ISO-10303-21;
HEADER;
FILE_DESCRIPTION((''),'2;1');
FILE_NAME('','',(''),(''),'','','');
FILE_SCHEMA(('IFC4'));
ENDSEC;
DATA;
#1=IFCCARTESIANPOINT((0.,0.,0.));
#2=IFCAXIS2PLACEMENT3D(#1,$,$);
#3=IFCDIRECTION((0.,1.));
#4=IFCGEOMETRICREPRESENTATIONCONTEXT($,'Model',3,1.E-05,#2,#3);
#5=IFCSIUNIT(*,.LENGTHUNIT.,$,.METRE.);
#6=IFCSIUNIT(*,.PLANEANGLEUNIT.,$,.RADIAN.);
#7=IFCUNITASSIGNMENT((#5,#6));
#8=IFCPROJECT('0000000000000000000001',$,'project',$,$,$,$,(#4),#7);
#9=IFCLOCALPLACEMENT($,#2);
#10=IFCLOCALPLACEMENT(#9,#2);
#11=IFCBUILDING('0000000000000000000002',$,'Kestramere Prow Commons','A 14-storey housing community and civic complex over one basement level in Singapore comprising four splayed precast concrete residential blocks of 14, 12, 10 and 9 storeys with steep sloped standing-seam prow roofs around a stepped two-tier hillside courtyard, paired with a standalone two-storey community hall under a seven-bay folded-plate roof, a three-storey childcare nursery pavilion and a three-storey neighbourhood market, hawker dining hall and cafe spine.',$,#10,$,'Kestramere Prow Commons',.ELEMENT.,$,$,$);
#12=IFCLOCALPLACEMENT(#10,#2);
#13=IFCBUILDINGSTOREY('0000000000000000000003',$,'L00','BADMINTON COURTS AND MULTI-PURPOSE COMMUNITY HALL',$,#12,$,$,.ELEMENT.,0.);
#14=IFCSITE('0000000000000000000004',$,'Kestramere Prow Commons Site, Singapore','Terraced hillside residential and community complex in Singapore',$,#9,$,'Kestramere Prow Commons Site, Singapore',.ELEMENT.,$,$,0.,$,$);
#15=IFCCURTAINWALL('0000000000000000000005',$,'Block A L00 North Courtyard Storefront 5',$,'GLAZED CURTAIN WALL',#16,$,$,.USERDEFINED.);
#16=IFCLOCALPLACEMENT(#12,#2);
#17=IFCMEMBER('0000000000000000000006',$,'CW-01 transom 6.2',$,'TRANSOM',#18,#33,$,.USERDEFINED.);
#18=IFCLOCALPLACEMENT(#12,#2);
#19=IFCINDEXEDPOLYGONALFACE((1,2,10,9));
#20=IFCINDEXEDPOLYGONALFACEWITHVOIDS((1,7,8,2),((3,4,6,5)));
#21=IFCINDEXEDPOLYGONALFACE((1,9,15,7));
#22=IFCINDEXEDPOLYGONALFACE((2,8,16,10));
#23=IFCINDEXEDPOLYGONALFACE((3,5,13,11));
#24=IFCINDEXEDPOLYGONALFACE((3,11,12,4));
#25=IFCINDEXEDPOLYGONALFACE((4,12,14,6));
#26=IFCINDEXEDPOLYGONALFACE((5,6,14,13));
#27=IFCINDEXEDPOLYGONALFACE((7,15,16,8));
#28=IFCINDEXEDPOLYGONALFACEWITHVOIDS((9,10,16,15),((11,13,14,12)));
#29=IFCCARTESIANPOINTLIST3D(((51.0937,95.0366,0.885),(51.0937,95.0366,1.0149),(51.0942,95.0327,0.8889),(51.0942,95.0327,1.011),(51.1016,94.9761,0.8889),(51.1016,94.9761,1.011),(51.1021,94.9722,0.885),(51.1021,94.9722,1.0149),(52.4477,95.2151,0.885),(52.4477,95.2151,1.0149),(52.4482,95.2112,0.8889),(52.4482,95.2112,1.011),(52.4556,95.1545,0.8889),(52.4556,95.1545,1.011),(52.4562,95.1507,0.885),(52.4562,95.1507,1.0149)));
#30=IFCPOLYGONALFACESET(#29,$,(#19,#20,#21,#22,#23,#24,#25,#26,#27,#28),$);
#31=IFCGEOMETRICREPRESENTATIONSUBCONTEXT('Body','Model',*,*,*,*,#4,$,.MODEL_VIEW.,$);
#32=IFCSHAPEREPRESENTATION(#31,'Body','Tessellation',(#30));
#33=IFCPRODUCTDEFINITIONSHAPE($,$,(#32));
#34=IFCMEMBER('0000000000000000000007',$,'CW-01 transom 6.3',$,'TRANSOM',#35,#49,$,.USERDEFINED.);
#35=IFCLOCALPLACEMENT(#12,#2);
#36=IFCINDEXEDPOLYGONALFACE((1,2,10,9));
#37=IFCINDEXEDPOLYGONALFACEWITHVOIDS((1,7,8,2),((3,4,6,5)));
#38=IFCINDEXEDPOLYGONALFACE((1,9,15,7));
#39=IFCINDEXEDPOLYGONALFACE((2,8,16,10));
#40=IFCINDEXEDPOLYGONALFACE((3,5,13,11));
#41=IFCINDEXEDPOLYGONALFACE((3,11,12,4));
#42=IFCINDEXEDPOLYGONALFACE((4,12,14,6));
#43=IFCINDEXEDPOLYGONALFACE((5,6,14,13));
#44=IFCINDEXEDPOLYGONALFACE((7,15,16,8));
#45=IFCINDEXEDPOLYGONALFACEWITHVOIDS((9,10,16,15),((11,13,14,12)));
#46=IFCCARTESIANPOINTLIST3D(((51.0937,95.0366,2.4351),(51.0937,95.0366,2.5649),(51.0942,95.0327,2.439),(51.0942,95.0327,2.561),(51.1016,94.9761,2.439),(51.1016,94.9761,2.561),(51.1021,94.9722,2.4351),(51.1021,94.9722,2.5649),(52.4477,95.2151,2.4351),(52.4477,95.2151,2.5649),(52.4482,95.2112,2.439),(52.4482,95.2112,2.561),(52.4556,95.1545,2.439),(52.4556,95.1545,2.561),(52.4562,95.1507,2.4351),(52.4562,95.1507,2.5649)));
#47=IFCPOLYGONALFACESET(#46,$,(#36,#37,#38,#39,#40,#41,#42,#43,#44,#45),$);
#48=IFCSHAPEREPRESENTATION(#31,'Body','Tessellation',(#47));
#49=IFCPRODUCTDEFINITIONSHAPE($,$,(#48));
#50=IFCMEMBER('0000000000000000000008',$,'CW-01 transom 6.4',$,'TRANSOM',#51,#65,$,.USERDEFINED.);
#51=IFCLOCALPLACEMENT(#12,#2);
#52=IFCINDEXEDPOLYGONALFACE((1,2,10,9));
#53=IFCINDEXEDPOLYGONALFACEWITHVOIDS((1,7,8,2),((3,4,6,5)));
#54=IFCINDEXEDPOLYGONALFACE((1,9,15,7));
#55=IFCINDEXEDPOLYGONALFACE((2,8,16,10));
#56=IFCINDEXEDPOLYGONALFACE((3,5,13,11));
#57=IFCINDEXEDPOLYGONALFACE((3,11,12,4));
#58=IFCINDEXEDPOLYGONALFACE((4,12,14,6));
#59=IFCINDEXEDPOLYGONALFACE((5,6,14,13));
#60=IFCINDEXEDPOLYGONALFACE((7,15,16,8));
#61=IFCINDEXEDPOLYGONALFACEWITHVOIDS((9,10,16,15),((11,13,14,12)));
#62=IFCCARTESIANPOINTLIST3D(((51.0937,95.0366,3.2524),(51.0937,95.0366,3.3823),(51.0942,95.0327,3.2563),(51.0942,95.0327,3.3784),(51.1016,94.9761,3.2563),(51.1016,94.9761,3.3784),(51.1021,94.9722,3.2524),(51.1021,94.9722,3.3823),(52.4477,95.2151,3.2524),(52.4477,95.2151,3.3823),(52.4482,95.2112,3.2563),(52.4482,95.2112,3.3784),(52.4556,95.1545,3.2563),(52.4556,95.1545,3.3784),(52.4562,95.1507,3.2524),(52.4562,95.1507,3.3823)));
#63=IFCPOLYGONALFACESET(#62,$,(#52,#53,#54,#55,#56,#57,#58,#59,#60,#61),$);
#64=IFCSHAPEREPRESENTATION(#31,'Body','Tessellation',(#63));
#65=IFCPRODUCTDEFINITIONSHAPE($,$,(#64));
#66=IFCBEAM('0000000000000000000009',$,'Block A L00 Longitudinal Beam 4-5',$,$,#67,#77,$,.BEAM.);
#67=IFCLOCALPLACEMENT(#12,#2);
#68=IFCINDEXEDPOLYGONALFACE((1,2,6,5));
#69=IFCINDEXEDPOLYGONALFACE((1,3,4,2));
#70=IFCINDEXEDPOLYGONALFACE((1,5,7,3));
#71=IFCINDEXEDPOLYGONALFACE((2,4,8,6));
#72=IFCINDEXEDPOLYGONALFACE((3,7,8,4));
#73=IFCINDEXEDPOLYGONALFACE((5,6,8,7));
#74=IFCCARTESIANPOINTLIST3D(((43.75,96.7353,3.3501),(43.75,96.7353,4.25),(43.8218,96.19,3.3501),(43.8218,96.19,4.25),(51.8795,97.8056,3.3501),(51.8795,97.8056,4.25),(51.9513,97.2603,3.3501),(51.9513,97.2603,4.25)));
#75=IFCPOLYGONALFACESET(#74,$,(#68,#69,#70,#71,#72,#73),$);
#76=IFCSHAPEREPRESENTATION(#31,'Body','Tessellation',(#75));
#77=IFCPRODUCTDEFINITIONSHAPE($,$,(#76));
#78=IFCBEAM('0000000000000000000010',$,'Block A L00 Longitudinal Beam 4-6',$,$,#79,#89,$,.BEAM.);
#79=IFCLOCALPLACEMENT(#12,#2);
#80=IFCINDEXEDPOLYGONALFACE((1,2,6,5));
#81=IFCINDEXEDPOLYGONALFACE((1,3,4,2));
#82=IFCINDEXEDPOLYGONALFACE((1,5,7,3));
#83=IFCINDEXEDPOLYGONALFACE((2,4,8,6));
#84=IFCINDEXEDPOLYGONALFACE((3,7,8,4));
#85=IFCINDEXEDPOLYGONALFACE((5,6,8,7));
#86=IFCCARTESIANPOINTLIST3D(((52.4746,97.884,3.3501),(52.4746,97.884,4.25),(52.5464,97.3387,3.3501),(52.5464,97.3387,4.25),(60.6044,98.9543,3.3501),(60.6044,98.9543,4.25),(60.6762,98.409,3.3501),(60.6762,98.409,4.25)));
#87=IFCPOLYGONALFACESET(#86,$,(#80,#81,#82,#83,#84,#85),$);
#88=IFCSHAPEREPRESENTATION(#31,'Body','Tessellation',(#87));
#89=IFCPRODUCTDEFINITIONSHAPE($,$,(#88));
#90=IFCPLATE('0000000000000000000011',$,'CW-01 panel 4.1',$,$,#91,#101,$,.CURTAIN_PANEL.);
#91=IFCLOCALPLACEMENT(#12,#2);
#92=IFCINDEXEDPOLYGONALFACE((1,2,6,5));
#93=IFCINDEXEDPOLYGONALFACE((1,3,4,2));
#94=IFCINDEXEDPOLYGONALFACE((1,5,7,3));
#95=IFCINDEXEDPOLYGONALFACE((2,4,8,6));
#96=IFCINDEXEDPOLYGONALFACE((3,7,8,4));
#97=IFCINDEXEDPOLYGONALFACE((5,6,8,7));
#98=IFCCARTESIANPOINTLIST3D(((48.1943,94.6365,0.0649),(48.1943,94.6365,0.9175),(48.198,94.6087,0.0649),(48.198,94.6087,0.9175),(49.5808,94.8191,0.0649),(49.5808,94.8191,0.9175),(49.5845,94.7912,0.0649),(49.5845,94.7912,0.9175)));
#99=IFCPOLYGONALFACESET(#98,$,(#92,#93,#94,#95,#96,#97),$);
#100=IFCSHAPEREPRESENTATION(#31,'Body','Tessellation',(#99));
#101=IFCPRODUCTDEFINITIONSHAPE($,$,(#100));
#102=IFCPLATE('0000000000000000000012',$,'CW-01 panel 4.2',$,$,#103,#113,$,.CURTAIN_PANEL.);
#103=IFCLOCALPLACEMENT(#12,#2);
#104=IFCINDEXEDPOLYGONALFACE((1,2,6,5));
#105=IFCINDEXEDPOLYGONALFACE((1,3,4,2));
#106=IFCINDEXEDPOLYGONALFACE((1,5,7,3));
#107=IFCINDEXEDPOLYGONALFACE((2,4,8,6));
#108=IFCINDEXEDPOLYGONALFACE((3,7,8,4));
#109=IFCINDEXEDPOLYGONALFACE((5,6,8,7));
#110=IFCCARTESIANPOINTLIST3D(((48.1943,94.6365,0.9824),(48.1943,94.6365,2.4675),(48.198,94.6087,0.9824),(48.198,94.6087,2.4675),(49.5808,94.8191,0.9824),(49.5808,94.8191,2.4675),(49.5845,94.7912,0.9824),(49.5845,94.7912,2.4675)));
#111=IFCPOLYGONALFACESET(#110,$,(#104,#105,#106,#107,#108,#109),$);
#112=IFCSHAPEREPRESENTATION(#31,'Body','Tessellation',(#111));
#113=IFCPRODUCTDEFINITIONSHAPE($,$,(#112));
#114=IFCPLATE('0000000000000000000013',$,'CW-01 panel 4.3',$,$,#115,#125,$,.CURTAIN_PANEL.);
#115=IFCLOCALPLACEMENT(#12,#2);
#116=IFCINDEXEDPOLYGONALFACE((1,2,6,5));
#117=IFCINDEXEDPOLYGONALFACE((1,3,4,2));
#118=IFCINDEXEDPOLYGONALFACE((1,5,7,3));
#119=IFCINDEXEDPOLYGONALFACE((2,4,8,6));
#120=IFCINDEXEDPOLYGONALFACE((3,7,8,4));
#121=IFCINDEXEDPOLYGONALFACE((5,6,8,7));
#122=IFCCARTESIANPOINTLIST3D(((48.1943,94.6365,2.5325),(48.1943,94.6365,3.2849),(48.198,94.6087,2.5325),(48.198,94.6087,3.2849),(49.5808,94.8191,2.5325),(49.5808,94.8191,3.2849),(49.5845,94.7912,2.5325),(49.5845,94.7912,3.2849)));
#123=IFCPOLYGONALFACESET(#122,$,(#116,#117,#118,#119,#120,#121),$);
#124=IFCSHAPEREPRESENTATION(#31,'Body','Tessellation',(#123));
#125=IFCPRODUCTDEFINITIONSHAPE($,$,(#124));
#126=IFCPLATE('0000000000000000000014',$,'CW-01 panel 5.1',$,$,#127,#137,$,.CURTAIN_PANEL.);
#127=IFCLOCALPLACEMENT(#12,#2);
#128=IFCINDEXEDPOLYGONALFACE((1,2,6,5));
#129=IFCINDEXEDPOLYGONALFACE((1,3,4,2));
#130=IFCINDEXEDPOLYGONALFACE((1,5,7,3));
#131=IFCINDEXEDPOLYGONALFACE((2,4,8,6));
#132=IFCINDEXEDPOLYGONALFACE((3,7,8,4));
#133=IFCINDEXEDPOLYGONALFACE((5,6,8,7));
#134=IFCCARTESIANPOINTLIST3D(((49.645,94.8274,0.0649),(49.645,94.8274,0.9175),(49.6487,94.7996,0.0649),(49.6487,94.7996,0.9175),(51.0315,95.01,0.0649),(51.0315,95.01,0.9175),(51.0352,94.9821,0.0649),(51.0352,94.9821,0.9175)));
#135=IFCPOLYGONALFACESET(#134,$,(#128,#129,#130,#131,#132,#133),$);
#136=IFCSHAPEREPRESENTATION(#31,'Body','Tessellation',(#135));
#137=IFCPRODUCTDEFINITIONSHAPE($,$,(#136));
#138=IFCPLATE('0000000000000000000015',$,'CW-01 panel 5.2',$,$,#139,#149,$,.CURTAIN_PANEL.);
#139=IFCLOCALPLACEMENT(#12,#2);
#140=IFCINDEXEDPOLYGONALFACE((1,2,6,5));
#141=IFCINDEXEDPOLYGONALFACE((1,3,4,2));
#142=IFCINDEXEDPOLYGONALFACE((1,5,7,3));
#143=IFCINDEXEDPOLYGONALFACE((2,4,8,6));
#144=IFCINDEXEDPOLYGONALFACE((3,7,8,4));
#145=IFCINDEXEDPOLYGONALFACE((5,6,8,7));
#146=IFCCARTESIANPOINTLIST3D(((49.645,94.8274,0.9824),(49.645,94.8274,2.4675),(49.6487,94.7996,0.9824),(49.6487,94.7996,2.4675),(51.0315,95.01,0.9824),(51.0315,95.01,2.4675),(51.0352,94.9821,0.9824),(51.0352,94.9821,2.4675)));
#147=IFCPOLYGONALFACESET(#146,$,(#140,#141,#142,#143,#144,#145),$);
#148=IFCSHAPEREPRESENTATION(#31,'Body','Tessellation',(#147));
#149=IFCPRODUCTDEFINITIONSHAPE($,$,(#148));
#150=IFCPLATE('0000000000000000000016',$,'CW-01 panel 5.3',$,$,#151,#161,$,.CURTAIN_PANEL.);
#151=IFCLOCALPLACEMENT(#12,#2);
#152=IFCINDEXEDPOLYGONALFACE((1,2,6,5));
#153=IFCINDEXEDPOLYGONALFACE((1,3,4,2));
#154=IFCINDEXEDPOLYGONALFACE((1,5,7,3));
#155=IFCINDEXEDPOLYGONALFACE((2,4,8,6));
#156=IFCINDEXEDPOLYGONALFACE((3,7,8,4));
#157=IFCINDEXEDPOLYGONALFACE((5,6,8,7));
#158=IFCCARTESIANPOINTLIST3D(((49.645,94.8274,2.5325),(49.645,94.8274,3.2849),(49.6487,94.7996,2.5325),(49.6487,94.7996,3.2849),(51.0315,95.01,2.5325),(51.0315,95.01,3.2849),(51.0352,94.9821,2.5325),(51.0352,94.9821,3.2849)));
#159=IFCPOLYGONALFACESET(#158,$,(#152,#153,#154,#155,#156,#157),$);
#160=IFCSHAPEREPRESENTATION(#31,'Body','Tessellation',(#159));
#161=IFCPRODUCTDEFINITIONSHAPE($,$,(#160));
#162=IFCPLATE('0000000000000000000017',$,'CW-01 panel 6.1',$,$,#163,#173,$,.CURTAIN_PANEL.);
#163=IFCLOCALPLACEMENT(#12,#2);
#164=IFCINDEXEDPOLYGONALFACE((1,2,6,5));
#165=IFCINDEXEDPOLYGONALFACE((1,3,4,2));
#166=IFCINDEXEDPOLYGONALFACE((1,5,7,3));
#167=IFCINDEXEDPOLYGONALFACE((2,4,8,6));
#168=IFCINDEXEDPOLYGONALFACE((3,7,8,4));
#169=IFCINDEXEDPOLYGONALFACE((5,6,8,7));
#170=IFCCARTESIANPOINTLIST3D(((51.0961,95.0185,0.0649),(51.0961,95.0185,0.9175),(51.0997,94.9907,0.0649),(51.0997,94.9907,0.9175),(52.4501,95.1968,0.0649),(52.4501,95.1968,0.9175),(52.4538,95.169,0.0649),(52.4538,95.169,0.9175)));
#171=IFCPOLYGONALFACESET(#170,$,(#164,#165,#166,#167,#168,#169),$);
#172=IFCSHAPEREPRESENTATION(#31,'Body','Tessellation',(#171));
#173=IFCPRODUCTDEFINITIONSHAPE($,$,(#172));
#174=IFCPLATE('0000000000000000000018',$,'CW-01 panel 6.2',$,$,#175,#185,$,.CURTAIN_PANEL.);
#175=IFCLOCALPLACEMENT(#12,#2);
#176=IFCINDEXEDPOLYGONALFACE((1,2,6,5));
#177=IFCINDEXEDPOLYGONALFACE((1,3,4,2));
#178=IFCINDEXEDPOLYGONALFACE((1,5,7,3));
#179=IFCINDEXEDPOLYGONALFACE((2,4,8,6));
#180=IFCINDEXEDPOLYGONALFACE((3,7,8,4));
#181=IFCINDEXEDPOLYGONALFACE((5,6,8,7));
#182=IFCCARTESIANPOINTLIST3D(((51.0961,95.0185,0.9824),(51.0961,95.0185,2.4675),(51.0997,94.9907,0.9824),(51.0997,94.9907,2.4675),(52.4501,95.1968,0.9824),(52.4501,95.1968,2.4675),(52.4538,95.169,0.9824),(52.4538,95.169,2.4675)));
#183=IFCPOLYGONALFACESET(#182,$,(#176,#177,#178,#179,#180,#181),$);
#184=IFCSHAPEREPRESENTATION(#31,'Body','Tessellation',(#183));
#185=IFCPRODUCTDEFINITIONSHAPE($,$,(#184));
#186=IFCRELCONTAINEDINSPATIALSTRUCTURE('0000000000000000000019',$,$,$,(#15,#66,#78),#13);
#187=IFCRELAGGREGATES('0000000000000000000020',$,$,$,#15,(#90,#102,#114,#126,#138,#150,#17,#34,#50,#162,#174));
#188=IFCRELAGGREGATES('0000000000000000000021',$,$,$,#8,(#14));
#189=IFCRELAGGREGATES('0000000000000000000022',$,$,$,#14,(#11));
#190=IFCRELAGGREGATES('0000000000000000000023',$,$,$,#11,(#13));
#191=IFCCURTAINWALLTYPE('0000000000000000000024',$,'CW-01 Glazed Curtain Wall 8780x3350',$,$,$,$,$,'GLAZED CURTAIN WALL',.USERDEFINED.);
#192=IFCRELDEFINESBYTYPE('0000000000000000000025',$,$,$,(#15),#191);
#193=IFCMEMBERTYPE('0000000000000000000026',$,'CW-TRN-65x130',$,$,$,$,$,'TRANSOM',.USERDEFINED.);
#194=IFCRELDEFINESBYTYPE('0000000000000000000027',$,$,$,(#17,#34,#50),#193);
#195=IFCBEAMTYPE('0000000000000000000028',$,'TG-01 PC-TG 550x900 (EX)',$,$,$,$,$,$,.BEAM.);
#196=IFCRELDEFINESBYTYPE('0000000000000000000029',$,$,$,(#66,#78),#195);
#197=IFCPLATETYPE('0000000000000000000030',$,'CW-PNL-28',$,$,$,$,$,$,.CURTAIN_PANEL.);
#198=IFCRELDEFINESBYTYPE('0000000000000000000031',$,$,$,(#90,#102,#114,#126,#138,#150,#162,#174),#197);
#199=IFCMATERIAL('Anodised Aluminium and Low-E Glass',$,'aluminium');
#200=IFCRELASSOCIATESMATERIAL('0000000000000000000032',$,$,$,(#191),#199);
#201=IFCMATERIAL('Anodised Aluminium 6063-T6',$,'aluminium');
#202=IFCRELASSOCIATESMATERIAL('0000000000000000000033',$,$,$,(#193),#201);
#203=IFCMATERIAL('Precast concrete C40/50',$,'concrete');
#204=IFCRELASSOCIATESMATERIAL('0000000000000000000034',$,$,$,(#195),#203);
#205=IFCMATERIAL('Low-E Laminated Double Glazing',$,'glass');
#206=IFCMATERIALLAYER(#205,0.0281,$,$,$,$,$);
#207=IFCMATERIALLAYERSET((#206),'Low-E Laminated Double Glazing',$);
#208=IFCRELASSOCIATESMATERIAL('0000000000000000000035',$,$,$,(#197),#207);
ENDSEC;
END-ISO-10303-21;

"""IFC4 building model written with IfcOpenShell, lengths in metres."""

from ifc_helpers import new_model, si_unit, direction, frame, origin, origin_2d, place, context, subcontext, project, spatial, rectangle, hollow_rectangle, extrude, material, layer, layer_set, material_profile, profile_set, type_object, element, aggregate, save


model = new_model("IFC4")

# Units and contexts
model_context = context("Model", 3, precision=1e-05, world=origin(), true_north=direction((0.0, 1.0)))
body_context = subcontext(model_context, "Body", "Model", "MODEL_VIEW")
ifc_project = project(units=[si_unit("LENGTHUNIT", "METRE"), si_unit("PLANEANGLEUNIT", "RADIAN")], contexts=[model_context])

# Site, building, storey
site_placement = place(None, origin())
site = spatial("IfcSite", under=ifc_project, at=site_placement, Name="Kestramere Prow Commons Site, Singapore", Description="Terraced hillside residential and community complex in Singapore", LongName="Kestramere Prow Commons Site, Singapore", CompositionType="ELEMENT", RefElevation=0.0)
building_placement = place(site_placement, origin())
building = spatial("IfcBuilding", under=site, at=building_placement, Name="Kestramere Prow Commons", Description="A 14-storey housing community and civic complex over one basement level in Singapore comprising four splayed precast concrete residential blocks of 14, 12, 10 and 9 storeys with steep sloped standing-seam prow roofs around a stepped two-tier hillside courtyard, paired with a standalone two-storey community hall under a seven-bay folded-plate roof, a three-storey childcare nursery pavilion and a three-storey neighbourhood market, hawker dining hall and cafe spine.", LongName="Kestramere Prow Commons", CompositionType="ELEMENT")
storey_placement = place(building_placement, origin())
storey = spatial("IfcBuildingStorey", under=building, at=storey_placement, Name="L00", Description="BADMINTON COURTS AND MULTI-PURPOSE COMMUNITY HALL", CompositionType="ELEMENT", Elevation=0.0)

# Shared definitions
ifc_material_1 = material(Name="Precast concrete C40/50", Category="concrete")

# Curtain wall, members
ifc_material_2 = material(Name="Anodised Aluminium and Low-E Glass", Category="aluminium")
curtain_wall_type = type_object("IfcCurtainWallType", Name="CW-01 Glazed Curtain Wall 8780x3350", ElementType="GLAZED CURTAIN WALL", PredefinedType="USERDEFINED", material=ifc_material_2)
curtain_wall_placement = place(storey_placement, origin())
curtain_wall = element("IfcCurtainWall", 1, at=curtain_wall_placement, inside=storey, type_object=curtain_wall_type, Name="Block A L00 North Courtyard Storefront 5", ObjectType="GLAZED CURTAIN WALL", PredefinedType="USERDEFINED")
ifc_material_3 = material(Name="Anodised Aluminium 6063-T6", Category="aluminium")
ifc_material_profile_1 = material_profile(ifc_material_3, hollow_rectangle(XDim=0.0649, YDim=0.1299, WallThickness=0.0039, at=origin_2d()), Name="ALU-TRN 65x130")
ifc_profile_set_1 = profile_set([ifc_material_profile_1], Name="Anodised Aluminium 6063-T6")
member_type_1 = type_object("IfcMemberType", Name="CW-TRN-65x130", ElementType="TRANSOM", PredefinedType="USERDEFINED", material=ifc_profile_set_1)
member_1_placement = place(storey_placement, frame((51.0979, 95.0044, 0.95), z_axis=(0.991425, 0.130676, 0.0), x_axis=(-0.130676, 0.991425, 0.0)))
member_1 = element("IfcMember", 2, at=member_1_placement, type_object=member_type_1, Name="CW-01 transom 6.2", ObjectType="TRANSOM", PredefinedType="USERDEFINED", context=body_context, shape_type="SweptSolid", body=[
    extrude(hollow_rectangle(XDim=0.0649, YDim=0.1299, WallThickness=0.0039, at=origin_2d()), origin(), (0.0, 0.0, 1.0), 1.3657),
])
member_2_placement = place(storey_placement, frame((51.0979, 95.0044, 2.5), z_axis=(0.991425, 0.130676, 0.0), x_axis=(-0.130676, 0.991425, 0.0)))
member_2 = element("IfcMember", 3, at=member_2_placement, type_object=member_type_1, Name="CW-01 transom 6.3", ObjectType="TRANSOM", PredefinedType="USERDEFINED", context=body_context, shape_type="SweptSolid", body=[
    extrude(hollow_rectangle(XDim=0.0649, YDim=0.1299, WallThickness=0.0039, at=origin_2d()), origin(), (0.0, 0.0, 1.0), 1.3657),
])
member_3_placement = place(storey_placement, frame((51.0979, 95.0044, 3.3174), z_axis=(0.991425, 0.130676, 0.0), x_axis=(-0.130676, 0.991425, 0.0)))
member_3 = element("IfcMember", 4, at=member_3_placement, type_object=member_type_1, Name="CW-01 transom 6.4", ObjectType="TRANSOM", PredefinedType="USERDEFINED", context=body_context, shape_type="SweptSolid", body=[
    extrude(hollow_rectangle(XDim=0.0649, YDim=0.1299, WallThickness=0.0039, at=origin_2d()), origin(), (0.0, 0.0, 1.0), 1.3657),
])

# Beams
ifc_material_profile_2 = material_profile(ifc_material_1, rectangle(XDim=0.55, YDim=0.8999, at=origin_2d()), Name="PC-TG 550x900")
ifc_profile_set_2 = profile_set([ifc_material_profile_2], Name="Precast concrete C40/50")
beam_type = type_object("IfcBeamType", Name="TG-01 PC-TG 550x900 (EX)", PredefinedType="BEAM", material=ifc_profile_set_2)
beam_1_placement = place(storey_placement, frame((43.7859, 96.4626, 3.8), z_axis=(0.991444, 0.130529, 0.0), x_axis=(-0.130529, 0.991444, 0.0)))
element("IfcBeam", 5, at=beam_1_placement, inside=storey, type_object=beam_type, Name="Block A L00 Longitudinal Beam 4-5", PredefinedType="BEAM", context=body_context, shape_type="SweptSolid", body=[
    extrude(rectangle(XDim=0.55, YDim=0.8999, at=origin_2d()), origin(), (0.0, 0.0, 1.0), 8.1997),
])
beam_2_placement = place(storey_placement, frame((52.5105, 97.6113, 3.8), z_axis=(0.991445, 0.130525, 0.0), x_axis=(-0.130525, 0.991445, 0.0)))
element("IfcBeam", 6, at=beam_2_placement, inside=storey, type_object=beam_type, Name="Block A L00 Longitudinal Beam 4-6", PredefinedType="BEAM", context=body_context, shape_type="SweptSolid", body=[
    extrude(rectangle(XDim=0.55, YDim=0.8999, at=origin_2d()), origin(), (0.0, 0.0, 1.0), 8.2),
])

# Plates
ifc_material_4 = material(Name="Low-E Laminated Double Glazing", Category="glass")
ifc_layer_1 = layer(ifc_material_4, 0.0281)
ifc_layer_set_1 = layer_set([ifc_layer_1], Name="Low-E Laminated Double Glazing")
plate_type = type_object("IfcPlateType", Name="CW-PNL-28", PredefinedType="CURTAIN_PANEL", material=ifc_layer_set_1)
plate_1_placement = place(storey_placement, frame((48.8894, 94.7139, 0.0649), z_axis=(0.0, 0.0, 1.0), x_axis=(0.991445, 0.130526, 0.0)))
plate_1 = element("IfcPlate", 7, at=plate_1_placement, type_object=plate_type, Name="CW-01 panel 4.1", PredefinedType="CURTAIN_PANEL", context=body_context, shape_type="SweptSolid", body=[
    extrude(rectangle(XDim=1.3984, YDim=0.0281, at=origin_2d()), origin(), (0.0, 0.0, 1.0), 0.8525),
])
plate_2_placement = place(storey_placement, frame((48.8894, 94.7139, 0.9824), z_axis=(0.0, 0.0, 1.0), x_axis=(0.991445, 0.130526, 0.0)))
plate_2 = element("IfcPlate", 8, at=plate_2_placement, type_object=plate_type, Name="CW-01 panel 4.2", PredefinedType="CURTAIN_PANEL", context=body_context, shape_type="SweptSolid", body=[
    extrude(rectangle(XDim=1.3984, YDim=0.0281, at=origin_2d()), origin(), (0.0, 0.0, 1.0), 1.4851),
])
plate_3_placement = place(storey_placement, frame((48.8894, 94.7139, 2.5325), z_axis=(0.0, 0.0, 1.0), x_axis=(0.991445, 0.130526, 0.0)))
plate_3 = element("IfcPlate", 9, at=plate_3_placement, type_object=plate_type, Name="CW-01 panel 4.3", PredefinedType="CURTAIN_PANEL", context=body_context, shape_type="SweptSolid", body=[
    extrude(rectangle(XDim=1.3984, YDim=0.0281, at=origin_2d()), origin(), (0.0, 0.0, 1.0), 0.7524),
])
plate_4_placement = place(storey_placement, frame((50.3401, 94.9048, 0.0649), z_axis=(0.0, 0.0, 1.0), x_axis=(0.991445, 0.130526, 0.0)))
plate_4 = element("IfcPlate", 10, at=plate_4_placement, type_object=plate_type, Name="CW-01 panel 5.1", PredefinedType="CURTAIN_PANEL", context=body_context, shape_type="SweptSolid", body=[
    extrude(rectangle(XDim=1.3984, YDim=0.0281, at=origin_2d()), origin(), (0.0, 0.0, 1.0), 0.8525),
])
plate_5_placement = place(storey_placement, frame((50.3401, 94.9048, 0.9824), z_axis=(0.0, 0.0, 1.0), x_axis=(0.991445, 0.130526, 0.0)))
plate_5 = element("IfcPlate", 11, at=plate_5_placement, type_object=plate_type, Name="CW-01 panel 5.2", PredefinedType="CURTAIN_PANEL", context=body_context, shape_type="SweptSolid", body=[
    extrude(rectangle(XDim=1.3984, YDim=0.0281, at=origin_2d()), origin(), (0.0, 0.0, 1.0), 1.4851),
])
plate_6_placement = place(storey_placement, frame((50.3401, 94.9048, 2.5325), z_axis=(0.0, 0.0, 1.0), x_axis=(0.991445, 0.130526, 0.0)))
plate_6 = element("IfcPlate", 12, at=plate_6_placement, type_object=plate_type, Name="CW-01 panel 5.3", PredefinedType="CURTAIN_PANEL", context=body_context, shape_type="SweptSolid", body=[
    extrude(rectangle(XDim=1.3984, YDim=0.0281, at=origin_2d()), origin(), (0.0, 0.0, 1.0), 0.7524),
])
plate_7_placement = place(storey_placement, frame((51.7749, 95.0938, 0.0649), z_axis=(0.0, 0.0, 1.0), x_axis=(0.991445, 0.130526, 0.0)))
plate_7 = element("IfcPlate", 13, at=plate_7_placement, type_object=plate_type, Name="CW-01 panel 6.1", PredefinedType="CURTAIN_PANEL", context=body_context, shape_type="SweptSolid", body=[
    extrude(rectangle(XDim=1.3657, YDim=0.0281, at=origin_2d()), origin(), (0.0, 0.0, 1.0), 0.8525),
])
plate_8_placement = place(storey_placement, frame((51.7749, 95.0938, 0.9824), z_axis=(0.0, 0.0, 1.0), x_axis=(0.991445, 0.130526, 0.0)))
plate_8 = element("IfcPlate", 14, at=plate_8_placement, type_object=plate_type, Name="CW-01 panel 6.2", PredefinedType="CURTAIN_PANEL", context=body_context, shape_type="SweptSolid", body=[
    extrude(rectangle(XDim=1.3657, YDim=0.0281, at=origin_2d()), origin(), (0.0, 0.0, 1.0), 1.4851),
])
aggregate(curtain_wall, [plate_1, plate_2, plate_3, plate_4, plate_5, plate_6, member_1, member_2, member_3, plate_7, plate_8])

save(model, "model.ifc")
